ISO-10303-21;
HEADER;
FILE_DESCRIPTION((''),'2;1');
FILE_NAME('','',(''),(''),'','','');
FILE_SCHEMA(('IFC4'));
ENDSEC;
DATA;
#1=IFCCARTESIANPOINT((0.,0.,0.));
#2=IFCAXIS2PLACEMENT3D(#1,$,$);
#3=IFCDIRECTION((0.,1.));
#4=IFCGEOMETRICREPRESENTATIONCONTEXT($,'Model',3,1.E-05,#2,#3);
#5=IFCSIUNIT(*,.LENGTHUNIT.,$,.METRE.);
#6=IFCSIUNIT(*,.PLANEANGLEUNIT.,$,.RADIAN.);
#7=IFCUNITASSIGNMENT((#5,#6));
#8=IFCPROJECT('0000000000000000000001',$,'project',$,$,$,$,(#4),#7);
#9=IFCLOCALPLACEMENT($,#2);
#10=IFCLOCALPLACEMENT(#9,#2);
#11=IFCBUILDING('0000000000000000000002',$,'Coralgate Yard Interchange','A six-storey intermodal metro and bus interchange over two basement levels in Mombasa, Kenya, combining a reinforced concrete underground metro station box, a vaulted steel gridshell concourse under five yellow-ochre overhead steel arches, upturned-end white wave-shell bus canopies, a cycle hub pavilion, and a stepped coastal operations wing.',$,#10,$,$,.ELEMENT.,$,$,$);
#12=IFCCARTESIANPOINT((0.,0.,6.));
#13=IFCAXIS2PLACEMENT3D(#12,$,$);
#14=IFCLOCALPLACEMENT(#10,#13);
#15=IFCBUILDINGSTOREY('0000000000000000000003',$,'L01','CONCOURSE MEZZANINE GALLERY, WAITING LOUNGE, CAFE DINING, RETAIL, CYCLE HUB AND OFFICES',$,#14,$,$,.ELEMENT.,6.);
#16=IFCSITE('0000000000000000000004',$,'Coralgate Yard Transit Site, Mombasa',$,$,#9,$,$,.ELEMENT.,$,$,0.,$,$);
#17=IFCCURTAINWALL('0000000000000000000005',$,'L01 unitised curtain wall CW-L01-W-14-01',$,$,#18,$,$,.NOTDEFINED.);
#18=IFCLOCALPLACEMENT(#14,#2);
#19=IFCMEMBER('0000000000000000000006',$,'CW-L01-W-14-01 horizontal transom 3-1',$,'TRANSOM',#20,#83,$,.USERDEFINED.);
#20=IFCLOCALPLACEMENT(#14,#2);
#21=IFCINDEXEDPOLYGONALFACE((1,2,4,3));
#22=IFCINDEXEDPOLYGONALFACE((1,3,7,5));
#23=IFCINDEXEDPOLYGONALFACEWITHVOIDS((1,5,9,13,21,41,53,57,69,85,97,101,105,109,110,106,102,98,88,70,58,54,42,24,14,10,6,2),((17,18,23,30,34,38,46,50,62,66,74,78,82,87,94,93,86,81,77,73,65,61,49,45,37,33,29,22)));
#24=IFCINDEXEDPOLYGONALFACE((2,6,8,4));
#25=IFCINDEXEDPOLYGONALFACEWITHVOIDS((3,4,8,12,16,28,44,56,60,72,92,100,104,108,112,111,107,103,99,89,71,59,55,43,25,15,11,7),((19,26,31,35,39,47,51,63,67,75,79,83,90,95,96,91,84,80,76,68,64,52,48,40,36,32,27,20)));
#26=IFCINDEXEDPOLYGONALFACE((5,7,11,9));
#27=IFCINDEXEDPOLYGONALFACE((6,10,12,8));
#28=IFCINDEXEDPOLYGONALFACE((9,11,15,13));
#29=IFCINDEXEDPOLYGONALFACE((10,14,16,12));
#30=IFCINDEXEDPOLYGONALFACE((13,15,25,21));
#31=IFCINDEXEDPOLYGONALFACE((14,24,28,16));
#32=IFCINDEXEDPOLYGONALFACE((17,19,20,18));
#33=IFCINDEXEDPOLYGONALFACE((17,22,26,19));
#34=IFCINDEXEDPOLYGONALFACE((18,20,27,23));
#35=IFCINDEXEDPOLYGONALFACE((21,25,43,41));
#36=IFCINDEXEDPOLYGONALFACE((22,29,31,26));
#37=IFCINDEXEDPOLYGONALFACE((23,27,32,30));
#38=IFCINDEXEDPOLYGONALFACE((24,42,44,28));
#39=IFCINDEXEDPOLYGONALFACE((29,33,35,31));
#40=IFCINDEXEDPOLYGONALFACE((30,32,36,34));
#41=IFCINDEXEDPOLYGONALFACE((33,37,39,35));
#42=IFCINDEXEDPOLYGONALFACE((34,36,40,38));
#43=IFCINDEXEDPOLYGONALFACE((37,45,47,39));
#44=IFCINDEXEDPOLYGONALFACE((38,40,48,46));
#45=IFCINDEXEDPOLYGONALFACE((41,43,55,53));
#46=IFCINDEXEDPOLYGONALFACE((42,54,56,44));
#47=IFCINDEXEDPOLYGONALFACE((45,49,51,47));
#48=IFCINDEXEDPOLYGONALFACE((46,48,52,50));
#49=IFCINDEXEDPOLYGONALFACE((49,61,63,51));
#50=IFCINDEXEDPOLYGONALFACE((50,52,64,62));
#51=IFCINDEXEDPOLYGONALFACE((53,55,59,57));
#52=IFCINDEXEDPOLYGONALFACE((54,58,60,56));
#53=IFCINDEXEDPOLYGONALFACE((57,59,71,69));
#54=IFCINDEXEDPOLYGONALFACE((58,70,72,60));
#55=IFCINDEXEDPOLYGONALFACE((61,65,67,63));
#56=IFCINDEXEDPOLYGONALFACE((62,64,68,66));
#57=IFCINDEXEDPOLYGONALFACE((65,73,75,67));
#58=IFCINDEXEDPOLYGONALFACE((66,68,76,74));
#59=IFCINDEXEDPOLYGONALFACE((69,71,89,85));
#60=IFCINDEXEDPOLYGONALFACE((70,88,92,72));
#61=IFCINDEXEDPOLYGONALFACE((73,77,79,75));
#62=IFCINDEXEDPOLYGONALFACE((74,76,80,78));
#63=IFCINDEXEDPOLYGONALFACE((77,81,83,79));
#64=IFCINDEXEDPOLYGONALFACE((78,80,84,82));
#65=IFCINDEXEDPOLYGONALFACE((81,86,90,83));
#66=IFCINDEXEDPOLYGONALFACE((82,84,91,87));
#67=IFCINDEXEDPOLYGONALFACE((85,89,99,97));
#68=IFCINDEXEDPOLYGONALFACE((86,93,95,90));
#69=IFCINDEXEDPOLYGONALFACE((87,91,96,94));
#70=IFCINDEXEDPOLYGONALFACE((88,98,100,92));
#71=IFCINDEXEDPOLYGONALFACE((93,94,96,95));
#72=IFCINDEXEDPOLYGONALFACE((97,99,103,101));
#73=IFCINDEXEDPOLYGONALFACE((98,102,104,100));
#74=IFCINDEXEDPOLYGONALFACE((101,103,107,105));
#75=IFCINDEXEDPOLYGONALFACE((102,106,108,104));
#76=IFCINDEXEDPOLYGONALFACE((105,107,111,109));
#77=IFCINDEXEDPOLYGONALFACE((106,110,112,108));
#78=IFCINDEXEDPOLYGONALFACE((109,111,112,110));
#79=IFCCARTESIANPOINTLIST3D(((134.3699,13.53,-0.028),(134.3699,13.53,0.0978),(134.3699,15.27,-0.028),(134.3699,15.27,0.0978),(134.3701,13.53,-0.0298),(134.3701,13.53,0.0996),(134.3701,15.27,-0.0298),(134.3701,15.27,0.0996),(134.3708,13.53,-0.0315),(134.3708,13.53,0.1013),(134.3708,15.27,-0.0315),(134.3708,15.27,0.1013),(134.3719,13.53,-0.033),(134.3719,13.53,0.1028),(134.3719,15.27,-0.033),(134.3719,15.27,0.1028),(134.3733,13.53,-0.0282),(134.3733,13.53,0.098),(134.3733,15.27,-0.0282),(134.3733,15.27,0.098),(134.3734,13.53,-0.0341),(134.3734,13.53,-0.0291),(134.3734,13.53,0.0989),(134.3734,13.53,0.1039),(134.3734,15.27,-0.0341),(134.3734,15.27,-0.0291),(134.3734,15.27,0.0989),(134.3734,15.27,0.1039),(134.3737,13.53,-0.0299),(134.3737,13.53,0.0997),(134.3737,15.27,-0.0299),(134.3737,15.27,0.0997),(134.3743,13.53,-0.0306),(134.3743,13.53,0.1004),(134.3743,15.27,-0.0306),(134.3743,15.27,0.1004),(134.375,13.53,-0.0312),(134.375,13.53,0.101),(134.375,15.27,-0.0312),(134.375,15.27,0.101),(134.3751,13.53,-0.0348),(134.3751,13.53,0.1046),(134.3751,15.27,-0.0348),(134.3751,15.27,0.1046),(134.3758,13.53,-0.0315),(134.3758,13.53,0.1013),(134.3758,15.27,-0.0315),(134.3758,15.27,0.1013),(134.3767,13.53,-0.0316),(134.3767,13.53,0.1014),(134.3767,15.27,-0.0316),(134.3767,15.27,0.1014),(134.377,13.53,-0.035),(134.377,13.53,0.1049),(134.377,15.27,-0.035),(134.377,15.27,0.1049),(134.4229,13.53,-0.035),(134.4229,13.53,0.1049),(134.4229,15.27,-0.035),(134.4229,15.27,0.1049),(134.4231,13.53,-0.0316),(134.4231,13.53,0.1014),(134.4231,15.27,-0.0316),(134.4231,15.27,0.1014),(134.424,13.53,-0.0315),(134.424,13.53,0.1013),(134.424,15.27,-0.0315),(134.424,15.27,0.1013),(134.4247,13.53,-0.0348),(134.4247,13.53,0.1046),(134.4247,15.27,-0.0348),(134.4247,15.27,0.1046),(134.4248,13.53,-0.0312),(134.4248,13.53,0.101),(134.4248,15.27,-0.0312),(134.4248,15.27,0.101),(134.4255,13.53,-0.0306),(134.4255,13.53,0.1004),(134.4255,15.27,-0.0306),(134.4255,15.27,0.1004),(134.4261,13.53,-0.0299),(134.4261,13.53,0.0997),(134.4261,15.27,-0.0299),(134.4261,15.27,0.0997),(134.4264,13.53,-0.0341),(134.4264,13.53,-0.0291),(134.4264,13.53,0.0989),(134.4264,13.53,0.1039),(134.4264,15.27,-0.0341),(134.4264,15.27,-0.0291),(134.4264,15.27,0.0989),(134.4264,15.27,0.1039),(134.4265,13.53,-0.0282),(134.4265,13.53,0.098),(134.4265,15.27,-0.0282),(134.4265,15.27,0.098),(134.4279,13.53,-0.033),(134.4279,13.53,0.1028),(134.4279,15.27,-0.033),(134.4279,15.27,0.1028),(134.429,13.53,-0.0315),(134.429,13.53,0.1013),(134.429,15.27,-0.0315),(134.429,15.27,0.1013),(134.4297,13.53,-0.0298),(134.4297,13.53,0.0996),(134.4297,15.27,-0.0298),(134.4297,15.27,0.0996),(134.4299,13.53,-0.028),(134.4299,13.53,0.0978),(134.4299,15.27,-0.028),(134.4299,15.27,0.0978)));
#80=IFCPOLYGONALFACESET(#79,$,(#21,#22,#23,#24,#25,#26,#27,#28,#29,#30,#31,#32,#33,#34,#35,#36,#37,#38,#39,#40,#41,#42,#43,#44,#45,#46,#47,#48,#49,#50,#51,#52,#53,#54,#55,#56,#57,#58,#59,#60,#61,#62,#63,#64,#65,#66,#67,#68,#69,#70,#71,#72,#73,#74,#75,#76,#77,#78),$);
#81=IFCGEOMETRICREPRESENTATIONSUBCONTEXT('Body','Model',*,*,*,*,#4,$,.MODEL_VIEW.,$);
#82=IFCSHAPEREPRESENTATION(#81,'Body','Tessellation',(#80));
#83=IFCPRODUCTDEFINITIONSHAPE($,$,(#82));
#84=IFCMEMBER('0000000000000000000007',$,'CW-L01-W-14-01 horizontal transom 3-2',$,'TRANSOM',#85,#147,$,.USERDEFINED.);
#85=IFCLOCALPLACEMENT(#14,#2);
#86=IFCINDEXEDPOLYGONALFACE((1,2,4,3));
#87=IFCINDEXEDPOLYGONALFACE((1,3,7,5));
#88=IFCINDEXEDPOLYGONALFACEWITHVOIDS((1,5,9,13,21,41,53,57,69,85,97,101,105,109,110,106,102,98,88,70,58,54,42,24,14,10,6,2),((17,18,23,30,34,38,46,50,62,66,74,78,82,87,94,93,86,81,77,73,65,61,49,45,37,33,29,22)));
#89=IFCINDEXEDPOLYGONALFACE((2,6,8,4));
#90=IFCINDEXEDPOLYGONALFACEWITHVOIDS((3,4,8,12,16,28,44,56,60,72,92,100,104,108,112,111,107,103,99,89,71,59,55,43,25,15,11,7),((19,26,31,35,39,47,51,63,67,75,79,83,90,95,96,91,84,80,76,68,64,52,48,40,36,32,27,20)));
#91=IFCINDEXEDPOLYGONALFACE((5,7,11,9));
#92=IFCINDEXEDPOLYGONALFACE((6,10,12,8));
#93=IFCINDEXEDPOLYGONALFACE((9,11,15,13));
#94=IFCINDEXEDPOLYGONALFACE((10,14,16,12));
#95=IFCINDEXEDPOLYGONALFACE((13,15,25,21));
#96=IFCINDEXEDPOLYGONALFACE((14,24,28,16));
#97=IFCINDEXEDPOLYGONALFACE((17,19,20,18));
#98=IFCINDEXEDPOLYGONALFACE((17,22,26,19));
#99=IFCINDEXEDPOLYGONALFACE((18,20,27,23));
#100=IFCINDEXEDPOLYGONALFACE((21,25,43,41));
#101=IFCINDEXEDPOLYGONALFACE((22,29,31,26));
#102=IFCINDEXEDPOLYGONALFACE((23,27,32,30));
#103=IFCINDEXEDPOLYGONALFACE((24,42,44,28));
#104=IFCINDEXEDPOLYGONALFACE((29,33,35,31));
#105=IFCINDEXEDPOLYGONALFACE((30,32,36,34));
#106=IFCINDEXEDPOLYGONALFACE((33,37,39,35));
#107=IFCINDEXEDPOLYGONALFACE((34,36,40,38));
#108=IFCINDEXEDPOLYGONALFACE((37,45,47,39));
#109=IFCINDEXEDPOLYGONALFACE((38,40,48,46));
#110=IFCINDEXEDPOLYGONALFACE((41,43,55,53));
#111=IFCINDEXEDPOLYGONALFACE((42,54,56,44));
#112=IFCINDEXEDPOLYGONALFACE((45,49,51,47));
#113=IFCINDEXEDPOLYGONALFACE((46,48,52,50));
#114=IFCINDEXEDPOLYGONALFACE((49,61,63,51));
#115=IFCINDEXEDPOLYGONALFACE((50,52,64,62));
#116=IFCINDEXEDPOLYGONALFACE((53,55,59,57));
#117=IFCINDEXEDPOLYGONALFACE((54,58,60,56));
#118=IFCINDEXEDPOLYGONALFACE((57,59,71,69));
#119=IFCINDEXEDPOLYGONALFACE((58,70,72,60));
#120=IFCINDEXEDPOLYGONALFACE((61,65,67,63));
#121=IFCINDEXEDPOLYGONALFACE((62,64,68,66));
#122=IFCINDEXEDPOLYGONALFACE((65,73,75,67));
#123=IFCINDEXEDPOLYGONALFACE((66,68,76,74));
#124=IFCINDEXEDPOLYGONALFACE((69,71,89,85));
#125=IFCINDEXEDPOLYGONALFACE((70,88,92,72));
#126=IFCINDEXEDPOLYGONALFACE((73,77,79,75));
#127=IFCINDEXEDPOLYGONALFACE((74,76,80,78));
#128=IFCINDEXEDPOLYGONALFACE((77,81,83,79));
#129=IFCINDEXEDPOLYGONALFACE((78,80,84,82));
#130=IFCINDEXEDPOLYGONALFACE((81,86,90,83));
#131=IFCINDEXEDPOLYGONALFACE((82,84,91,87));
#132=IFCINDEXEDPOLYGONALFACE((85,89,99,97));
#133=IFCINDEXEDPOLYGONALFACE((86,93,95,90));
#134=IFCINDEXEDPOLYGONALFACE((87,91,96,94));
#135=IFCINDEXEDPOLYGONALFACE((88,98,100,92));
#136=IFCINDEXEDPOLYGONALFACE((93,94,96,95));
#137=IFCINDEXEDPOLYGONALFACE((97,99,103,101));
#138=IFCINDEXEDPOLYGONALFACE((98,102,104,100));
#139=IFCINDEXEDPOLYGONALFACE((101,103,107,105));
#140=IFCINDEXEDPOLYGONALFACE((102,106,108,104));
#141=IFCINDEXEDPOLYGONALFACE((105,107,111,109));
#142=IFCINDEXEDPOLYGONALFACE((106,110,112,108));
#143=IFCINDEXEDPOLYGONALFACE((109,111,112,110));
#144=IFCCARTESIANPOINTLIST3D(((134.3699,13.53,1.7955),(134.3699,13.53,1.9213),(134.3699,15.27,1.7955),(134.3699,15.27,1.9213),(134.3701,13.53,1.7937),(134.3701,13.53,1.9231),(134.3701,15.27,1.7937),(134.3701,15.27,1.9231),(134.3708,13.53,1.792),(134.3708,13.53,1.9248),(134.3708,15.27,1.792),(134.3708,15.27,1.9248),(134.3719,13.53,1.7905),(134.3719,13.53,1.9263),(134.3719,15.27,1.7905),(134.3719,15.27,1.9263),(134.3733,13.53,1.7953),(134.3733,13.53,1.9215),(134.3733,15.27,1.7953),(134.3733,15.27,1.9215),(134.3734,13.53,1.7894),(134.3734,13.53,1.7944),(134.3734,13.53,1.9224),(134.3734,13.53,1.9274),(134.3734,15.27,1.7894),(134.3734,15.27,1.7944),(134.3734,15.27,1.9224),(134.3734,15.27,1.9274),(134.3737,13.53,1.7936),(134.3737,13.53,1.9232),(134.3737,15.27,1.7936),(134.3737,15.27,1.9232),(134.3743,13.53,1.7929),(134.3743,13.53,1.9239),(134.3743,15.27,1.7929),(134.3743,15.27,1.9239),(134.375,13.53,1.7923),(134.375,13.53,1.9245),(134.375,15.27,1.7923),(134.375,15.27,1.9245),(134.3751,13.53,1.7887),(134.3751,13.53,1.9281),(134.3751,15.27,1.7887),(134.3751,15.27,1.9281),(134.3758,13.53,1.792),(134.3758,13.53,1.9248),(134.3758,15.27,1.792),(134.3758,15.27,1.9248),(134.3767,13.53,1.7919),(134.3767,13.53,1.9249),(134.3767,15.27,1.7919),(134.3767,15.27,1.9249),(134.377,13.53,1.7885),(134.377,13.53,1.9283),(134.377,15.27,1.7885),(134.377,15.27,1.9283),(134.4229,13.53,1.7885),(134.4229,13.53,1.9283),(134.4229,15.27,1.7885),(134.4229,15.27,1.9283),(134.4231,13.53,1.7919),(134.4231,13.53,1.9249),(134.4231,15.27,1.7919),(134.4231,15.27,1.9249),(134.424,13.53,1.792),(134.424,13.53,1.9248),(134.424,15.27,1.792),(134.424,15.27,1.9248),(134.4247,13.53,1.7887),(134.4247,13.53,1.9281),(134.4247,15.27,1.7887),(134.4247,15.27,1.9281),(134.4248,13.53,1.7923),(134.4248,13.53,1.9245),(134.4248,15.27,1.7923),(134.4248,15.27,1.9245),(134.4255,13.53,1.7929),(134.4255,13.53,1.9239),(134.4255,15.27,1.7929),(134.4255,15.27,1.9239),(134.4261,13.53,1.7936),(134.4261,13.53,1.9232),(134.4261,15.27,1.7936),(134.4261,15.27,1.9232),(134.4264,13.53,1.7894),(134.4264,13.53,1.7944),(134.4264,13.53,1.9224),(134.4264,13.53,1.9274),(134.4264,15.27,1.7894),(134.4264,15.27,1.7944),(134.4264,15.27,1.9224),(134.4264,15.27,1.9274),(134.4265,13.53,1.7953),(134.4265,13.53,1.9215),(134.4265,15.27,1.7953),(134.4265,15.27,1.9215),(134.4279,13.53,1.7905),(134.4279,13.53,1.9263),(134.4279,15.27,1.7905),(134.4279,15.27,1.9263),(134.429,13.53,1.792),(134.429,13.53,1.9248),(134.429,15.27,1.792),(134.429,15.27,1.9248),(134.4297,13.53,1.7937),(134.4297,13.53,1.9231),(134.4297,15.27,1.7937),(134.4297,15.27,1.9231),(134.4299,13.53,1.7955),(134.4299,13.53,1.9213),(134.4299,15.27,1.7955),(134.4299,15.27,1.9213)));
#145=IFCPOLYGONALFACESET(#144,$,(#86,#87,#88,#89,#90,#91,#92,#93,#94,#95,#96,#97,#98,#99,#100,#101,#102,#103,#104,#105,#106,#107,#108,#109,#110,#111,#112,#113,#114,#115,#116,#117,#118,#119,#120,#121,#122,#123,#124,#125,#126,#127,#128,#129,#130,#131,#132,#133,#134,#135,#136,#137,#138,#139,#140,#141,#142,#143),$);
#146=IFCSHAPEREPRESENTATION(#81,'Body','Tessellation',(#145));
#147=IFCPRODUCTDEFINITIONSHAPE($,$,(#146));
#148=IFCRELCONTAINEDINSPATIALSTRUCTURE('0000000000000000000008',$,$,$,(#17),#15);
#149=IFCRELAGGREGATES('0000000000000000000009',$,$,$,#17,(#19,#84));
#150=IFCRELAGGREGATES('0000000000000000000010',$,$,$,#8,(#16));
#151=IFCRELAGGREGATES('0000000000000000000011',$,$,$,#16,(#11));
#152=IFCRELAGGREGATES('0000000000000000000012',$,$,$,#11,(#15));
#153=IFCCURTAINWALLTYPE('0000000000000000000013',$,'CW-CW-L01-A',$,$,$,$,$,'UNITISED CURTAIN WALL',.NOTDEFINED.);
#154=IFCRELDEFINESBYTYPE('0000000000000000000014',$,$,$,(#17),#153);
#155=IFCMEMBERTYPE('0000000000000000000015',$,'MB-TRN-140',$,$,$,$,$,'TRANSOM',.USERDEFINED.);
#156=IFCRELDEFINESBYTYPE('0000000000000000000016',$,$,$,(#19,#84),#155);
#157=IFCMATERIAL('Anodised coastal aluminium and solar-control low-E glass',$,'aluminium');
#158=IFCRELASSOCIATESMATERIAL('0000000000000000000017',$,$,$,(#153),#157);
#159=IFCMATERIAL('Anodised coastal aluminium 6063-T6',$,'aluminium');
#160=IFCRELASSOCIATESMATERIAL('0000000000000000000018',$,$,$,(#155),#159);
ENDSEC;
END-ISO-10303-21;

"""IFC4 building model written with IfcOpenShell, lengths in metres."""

from ifc_helpers import new_model, si_unit, direction, frame, origin, origin_2d, place, context, subcontext, project, spatial, hollow_rectangle, extrude, material, material_profile, profile_set, type_object, element, aggregate, save


model = new_model("IFC4")

# Units and contexts
model_context = context("Model", 3, precision=1e-05, world=origin(), true_north=direction((0.0, 1.0)))
body_context = subcontext(model_context, "Body", "Model", "MODEL_VIEW")
ifc_project = project(units=[si_unit("LENGTHUNIT", "METRE"), si_unit("PLANEANGLEUNIT", "RADIAN")], contexts=[model_context])

# Site, building, storey
site_placement = place(None, origin())
site = spatial("IfcSite", under=ifc_project, at=site_placement, Name="Coralgate Yard Transit Site, Mombasa", CompositionType="ELEMENT", RefElevation=0.0)
building_placement = place(site_placement, origin())
building = spatial("IfcBuilding", under=site, at=building_placement, Name="Coralgate Yard Interchange", Description="A six-storey intermodal metro and bus interchange over two basement levels in Mombasa, Kenya, combining a reinforced concrete underground metro station box, a vaulted steel gridshell concourse under five yellow-ochre overhead steel arches, upturned-end white wave-shell bus canopies, a cycle hub pavilion, and a stepped coastal operations wing.", CompositionType="ELEMENT")
storey_placement = place(building_placement, frame((0.0, 0.0, 6.0)))
storey = spatial("IfcBuildingStorey", under=building, at=storey_placement, Name="L01", Description="CONCOURSE MEZZANINE GALLERY, WAITING LOUNGE, CAFE DINING, RETAIL, CYCLE HUB AND OFFICES", CompositionType="ELEMENT", Elevation=6.0)

# Curtain wall
ifc_material_1 = material(Name="Anodised coastal aluminium and solar-control low-E glass", Category="aluminium")
curtain_wall_type_1 = type_object("IfcCurtainWallType", Name="CW-CW-L01-A", ElementType="UNITISED CURTAIN WALL", PredefinedType="NOTDEFINED", material=ifc_material_1)
curtain_wall_1_placement = place(storey_placement, origin())
curtain_wall_1 = element("IfcCurtainWall", 1, at=curtain_wall_1_placement, inside=storey, type_object=curtain_wall_type_1, Name="L01 unitised curtain wall CW-L01-W-14-01", PredefinedType="NOTDEFINED")
ifc_material_2 = material(Name="Anodised coastal aluminium 6063-T6", Category="aluminium")

# Members
ifc_material_profile_1 = material_profile(ifc_material_2, hollow_rectangle(XDim=0.0601, YDim=0.1399, WallThickness=0.0034, InnerFilletRadius=0.0034, OuterFilletRadius=0.0071, at=origin_2d()), Name="ALU 60x140x3.5")
ifc_profile_set_1 = profile_set([ifc_material_profile_1], Name="Anodised coastal aluminium 6063-T6")
member_type_1 = type_object("IfcMemberType", Name="MB-TRN-140", ElementType="TRANSOM", PredefinedType="USERDEFINED", material=ifc_profile_set_1)
member_1_placement = place(storey_placement, frame((134.3999, 13.53, 0.0349), z_axis=(0.0, 1.0, 0.0), x_axis=(-1.0, 0.0, 0.0)))
member_1 = element("IfcMember", 2, at=member_1_placement, type_object=member_type_1, Name="CW-L01-W-14-01 horizontal transom 3-1", ObjectType="TRANSOM", PredefinedType="USERDEFINED", context=body_context, shape_type="SweptSolid", body=[
    extrude(hollow_rectangle(XDim=0.0601, YDim=0.1399, WallThickness=0.0034, InnerFilletRadius=0.0034, OuterFilletRadius=0.0071, at=origin_2d()), origin(), (0.0, 0.0, 1.0), 1.74),
])
member_2_placement = place(storey_placement, frame((134.3999, 13.53, 1.8584), z_axis=(0.0, 1.0, 0.0), x_axis=(-1.0, 0.0, 0.0)))
member_2 = element("IfcMember", 3, at=member_2_placement, type_object=member_type_1, Name="CW-L01-W-14-01 horizontal transom 3-2", ObjectType="TRANSOM", PredefinedType="USERDEFINED", context=body_context, shape_type="SweptSolid", body=[
    extrude(hollow_rectangle(XDim=0.0601, YDim=0.1399, WallThickness=0.0034, InnerFilletRadius=0.0034, OuterFilletRadius=0.0071, at=origin_2d()), origin(), (0.0, 0.0, 1.0), 1.74),
])

aggregate(curtain_wall_1, [member_1, member_2])

save(model, "model.ifc")
